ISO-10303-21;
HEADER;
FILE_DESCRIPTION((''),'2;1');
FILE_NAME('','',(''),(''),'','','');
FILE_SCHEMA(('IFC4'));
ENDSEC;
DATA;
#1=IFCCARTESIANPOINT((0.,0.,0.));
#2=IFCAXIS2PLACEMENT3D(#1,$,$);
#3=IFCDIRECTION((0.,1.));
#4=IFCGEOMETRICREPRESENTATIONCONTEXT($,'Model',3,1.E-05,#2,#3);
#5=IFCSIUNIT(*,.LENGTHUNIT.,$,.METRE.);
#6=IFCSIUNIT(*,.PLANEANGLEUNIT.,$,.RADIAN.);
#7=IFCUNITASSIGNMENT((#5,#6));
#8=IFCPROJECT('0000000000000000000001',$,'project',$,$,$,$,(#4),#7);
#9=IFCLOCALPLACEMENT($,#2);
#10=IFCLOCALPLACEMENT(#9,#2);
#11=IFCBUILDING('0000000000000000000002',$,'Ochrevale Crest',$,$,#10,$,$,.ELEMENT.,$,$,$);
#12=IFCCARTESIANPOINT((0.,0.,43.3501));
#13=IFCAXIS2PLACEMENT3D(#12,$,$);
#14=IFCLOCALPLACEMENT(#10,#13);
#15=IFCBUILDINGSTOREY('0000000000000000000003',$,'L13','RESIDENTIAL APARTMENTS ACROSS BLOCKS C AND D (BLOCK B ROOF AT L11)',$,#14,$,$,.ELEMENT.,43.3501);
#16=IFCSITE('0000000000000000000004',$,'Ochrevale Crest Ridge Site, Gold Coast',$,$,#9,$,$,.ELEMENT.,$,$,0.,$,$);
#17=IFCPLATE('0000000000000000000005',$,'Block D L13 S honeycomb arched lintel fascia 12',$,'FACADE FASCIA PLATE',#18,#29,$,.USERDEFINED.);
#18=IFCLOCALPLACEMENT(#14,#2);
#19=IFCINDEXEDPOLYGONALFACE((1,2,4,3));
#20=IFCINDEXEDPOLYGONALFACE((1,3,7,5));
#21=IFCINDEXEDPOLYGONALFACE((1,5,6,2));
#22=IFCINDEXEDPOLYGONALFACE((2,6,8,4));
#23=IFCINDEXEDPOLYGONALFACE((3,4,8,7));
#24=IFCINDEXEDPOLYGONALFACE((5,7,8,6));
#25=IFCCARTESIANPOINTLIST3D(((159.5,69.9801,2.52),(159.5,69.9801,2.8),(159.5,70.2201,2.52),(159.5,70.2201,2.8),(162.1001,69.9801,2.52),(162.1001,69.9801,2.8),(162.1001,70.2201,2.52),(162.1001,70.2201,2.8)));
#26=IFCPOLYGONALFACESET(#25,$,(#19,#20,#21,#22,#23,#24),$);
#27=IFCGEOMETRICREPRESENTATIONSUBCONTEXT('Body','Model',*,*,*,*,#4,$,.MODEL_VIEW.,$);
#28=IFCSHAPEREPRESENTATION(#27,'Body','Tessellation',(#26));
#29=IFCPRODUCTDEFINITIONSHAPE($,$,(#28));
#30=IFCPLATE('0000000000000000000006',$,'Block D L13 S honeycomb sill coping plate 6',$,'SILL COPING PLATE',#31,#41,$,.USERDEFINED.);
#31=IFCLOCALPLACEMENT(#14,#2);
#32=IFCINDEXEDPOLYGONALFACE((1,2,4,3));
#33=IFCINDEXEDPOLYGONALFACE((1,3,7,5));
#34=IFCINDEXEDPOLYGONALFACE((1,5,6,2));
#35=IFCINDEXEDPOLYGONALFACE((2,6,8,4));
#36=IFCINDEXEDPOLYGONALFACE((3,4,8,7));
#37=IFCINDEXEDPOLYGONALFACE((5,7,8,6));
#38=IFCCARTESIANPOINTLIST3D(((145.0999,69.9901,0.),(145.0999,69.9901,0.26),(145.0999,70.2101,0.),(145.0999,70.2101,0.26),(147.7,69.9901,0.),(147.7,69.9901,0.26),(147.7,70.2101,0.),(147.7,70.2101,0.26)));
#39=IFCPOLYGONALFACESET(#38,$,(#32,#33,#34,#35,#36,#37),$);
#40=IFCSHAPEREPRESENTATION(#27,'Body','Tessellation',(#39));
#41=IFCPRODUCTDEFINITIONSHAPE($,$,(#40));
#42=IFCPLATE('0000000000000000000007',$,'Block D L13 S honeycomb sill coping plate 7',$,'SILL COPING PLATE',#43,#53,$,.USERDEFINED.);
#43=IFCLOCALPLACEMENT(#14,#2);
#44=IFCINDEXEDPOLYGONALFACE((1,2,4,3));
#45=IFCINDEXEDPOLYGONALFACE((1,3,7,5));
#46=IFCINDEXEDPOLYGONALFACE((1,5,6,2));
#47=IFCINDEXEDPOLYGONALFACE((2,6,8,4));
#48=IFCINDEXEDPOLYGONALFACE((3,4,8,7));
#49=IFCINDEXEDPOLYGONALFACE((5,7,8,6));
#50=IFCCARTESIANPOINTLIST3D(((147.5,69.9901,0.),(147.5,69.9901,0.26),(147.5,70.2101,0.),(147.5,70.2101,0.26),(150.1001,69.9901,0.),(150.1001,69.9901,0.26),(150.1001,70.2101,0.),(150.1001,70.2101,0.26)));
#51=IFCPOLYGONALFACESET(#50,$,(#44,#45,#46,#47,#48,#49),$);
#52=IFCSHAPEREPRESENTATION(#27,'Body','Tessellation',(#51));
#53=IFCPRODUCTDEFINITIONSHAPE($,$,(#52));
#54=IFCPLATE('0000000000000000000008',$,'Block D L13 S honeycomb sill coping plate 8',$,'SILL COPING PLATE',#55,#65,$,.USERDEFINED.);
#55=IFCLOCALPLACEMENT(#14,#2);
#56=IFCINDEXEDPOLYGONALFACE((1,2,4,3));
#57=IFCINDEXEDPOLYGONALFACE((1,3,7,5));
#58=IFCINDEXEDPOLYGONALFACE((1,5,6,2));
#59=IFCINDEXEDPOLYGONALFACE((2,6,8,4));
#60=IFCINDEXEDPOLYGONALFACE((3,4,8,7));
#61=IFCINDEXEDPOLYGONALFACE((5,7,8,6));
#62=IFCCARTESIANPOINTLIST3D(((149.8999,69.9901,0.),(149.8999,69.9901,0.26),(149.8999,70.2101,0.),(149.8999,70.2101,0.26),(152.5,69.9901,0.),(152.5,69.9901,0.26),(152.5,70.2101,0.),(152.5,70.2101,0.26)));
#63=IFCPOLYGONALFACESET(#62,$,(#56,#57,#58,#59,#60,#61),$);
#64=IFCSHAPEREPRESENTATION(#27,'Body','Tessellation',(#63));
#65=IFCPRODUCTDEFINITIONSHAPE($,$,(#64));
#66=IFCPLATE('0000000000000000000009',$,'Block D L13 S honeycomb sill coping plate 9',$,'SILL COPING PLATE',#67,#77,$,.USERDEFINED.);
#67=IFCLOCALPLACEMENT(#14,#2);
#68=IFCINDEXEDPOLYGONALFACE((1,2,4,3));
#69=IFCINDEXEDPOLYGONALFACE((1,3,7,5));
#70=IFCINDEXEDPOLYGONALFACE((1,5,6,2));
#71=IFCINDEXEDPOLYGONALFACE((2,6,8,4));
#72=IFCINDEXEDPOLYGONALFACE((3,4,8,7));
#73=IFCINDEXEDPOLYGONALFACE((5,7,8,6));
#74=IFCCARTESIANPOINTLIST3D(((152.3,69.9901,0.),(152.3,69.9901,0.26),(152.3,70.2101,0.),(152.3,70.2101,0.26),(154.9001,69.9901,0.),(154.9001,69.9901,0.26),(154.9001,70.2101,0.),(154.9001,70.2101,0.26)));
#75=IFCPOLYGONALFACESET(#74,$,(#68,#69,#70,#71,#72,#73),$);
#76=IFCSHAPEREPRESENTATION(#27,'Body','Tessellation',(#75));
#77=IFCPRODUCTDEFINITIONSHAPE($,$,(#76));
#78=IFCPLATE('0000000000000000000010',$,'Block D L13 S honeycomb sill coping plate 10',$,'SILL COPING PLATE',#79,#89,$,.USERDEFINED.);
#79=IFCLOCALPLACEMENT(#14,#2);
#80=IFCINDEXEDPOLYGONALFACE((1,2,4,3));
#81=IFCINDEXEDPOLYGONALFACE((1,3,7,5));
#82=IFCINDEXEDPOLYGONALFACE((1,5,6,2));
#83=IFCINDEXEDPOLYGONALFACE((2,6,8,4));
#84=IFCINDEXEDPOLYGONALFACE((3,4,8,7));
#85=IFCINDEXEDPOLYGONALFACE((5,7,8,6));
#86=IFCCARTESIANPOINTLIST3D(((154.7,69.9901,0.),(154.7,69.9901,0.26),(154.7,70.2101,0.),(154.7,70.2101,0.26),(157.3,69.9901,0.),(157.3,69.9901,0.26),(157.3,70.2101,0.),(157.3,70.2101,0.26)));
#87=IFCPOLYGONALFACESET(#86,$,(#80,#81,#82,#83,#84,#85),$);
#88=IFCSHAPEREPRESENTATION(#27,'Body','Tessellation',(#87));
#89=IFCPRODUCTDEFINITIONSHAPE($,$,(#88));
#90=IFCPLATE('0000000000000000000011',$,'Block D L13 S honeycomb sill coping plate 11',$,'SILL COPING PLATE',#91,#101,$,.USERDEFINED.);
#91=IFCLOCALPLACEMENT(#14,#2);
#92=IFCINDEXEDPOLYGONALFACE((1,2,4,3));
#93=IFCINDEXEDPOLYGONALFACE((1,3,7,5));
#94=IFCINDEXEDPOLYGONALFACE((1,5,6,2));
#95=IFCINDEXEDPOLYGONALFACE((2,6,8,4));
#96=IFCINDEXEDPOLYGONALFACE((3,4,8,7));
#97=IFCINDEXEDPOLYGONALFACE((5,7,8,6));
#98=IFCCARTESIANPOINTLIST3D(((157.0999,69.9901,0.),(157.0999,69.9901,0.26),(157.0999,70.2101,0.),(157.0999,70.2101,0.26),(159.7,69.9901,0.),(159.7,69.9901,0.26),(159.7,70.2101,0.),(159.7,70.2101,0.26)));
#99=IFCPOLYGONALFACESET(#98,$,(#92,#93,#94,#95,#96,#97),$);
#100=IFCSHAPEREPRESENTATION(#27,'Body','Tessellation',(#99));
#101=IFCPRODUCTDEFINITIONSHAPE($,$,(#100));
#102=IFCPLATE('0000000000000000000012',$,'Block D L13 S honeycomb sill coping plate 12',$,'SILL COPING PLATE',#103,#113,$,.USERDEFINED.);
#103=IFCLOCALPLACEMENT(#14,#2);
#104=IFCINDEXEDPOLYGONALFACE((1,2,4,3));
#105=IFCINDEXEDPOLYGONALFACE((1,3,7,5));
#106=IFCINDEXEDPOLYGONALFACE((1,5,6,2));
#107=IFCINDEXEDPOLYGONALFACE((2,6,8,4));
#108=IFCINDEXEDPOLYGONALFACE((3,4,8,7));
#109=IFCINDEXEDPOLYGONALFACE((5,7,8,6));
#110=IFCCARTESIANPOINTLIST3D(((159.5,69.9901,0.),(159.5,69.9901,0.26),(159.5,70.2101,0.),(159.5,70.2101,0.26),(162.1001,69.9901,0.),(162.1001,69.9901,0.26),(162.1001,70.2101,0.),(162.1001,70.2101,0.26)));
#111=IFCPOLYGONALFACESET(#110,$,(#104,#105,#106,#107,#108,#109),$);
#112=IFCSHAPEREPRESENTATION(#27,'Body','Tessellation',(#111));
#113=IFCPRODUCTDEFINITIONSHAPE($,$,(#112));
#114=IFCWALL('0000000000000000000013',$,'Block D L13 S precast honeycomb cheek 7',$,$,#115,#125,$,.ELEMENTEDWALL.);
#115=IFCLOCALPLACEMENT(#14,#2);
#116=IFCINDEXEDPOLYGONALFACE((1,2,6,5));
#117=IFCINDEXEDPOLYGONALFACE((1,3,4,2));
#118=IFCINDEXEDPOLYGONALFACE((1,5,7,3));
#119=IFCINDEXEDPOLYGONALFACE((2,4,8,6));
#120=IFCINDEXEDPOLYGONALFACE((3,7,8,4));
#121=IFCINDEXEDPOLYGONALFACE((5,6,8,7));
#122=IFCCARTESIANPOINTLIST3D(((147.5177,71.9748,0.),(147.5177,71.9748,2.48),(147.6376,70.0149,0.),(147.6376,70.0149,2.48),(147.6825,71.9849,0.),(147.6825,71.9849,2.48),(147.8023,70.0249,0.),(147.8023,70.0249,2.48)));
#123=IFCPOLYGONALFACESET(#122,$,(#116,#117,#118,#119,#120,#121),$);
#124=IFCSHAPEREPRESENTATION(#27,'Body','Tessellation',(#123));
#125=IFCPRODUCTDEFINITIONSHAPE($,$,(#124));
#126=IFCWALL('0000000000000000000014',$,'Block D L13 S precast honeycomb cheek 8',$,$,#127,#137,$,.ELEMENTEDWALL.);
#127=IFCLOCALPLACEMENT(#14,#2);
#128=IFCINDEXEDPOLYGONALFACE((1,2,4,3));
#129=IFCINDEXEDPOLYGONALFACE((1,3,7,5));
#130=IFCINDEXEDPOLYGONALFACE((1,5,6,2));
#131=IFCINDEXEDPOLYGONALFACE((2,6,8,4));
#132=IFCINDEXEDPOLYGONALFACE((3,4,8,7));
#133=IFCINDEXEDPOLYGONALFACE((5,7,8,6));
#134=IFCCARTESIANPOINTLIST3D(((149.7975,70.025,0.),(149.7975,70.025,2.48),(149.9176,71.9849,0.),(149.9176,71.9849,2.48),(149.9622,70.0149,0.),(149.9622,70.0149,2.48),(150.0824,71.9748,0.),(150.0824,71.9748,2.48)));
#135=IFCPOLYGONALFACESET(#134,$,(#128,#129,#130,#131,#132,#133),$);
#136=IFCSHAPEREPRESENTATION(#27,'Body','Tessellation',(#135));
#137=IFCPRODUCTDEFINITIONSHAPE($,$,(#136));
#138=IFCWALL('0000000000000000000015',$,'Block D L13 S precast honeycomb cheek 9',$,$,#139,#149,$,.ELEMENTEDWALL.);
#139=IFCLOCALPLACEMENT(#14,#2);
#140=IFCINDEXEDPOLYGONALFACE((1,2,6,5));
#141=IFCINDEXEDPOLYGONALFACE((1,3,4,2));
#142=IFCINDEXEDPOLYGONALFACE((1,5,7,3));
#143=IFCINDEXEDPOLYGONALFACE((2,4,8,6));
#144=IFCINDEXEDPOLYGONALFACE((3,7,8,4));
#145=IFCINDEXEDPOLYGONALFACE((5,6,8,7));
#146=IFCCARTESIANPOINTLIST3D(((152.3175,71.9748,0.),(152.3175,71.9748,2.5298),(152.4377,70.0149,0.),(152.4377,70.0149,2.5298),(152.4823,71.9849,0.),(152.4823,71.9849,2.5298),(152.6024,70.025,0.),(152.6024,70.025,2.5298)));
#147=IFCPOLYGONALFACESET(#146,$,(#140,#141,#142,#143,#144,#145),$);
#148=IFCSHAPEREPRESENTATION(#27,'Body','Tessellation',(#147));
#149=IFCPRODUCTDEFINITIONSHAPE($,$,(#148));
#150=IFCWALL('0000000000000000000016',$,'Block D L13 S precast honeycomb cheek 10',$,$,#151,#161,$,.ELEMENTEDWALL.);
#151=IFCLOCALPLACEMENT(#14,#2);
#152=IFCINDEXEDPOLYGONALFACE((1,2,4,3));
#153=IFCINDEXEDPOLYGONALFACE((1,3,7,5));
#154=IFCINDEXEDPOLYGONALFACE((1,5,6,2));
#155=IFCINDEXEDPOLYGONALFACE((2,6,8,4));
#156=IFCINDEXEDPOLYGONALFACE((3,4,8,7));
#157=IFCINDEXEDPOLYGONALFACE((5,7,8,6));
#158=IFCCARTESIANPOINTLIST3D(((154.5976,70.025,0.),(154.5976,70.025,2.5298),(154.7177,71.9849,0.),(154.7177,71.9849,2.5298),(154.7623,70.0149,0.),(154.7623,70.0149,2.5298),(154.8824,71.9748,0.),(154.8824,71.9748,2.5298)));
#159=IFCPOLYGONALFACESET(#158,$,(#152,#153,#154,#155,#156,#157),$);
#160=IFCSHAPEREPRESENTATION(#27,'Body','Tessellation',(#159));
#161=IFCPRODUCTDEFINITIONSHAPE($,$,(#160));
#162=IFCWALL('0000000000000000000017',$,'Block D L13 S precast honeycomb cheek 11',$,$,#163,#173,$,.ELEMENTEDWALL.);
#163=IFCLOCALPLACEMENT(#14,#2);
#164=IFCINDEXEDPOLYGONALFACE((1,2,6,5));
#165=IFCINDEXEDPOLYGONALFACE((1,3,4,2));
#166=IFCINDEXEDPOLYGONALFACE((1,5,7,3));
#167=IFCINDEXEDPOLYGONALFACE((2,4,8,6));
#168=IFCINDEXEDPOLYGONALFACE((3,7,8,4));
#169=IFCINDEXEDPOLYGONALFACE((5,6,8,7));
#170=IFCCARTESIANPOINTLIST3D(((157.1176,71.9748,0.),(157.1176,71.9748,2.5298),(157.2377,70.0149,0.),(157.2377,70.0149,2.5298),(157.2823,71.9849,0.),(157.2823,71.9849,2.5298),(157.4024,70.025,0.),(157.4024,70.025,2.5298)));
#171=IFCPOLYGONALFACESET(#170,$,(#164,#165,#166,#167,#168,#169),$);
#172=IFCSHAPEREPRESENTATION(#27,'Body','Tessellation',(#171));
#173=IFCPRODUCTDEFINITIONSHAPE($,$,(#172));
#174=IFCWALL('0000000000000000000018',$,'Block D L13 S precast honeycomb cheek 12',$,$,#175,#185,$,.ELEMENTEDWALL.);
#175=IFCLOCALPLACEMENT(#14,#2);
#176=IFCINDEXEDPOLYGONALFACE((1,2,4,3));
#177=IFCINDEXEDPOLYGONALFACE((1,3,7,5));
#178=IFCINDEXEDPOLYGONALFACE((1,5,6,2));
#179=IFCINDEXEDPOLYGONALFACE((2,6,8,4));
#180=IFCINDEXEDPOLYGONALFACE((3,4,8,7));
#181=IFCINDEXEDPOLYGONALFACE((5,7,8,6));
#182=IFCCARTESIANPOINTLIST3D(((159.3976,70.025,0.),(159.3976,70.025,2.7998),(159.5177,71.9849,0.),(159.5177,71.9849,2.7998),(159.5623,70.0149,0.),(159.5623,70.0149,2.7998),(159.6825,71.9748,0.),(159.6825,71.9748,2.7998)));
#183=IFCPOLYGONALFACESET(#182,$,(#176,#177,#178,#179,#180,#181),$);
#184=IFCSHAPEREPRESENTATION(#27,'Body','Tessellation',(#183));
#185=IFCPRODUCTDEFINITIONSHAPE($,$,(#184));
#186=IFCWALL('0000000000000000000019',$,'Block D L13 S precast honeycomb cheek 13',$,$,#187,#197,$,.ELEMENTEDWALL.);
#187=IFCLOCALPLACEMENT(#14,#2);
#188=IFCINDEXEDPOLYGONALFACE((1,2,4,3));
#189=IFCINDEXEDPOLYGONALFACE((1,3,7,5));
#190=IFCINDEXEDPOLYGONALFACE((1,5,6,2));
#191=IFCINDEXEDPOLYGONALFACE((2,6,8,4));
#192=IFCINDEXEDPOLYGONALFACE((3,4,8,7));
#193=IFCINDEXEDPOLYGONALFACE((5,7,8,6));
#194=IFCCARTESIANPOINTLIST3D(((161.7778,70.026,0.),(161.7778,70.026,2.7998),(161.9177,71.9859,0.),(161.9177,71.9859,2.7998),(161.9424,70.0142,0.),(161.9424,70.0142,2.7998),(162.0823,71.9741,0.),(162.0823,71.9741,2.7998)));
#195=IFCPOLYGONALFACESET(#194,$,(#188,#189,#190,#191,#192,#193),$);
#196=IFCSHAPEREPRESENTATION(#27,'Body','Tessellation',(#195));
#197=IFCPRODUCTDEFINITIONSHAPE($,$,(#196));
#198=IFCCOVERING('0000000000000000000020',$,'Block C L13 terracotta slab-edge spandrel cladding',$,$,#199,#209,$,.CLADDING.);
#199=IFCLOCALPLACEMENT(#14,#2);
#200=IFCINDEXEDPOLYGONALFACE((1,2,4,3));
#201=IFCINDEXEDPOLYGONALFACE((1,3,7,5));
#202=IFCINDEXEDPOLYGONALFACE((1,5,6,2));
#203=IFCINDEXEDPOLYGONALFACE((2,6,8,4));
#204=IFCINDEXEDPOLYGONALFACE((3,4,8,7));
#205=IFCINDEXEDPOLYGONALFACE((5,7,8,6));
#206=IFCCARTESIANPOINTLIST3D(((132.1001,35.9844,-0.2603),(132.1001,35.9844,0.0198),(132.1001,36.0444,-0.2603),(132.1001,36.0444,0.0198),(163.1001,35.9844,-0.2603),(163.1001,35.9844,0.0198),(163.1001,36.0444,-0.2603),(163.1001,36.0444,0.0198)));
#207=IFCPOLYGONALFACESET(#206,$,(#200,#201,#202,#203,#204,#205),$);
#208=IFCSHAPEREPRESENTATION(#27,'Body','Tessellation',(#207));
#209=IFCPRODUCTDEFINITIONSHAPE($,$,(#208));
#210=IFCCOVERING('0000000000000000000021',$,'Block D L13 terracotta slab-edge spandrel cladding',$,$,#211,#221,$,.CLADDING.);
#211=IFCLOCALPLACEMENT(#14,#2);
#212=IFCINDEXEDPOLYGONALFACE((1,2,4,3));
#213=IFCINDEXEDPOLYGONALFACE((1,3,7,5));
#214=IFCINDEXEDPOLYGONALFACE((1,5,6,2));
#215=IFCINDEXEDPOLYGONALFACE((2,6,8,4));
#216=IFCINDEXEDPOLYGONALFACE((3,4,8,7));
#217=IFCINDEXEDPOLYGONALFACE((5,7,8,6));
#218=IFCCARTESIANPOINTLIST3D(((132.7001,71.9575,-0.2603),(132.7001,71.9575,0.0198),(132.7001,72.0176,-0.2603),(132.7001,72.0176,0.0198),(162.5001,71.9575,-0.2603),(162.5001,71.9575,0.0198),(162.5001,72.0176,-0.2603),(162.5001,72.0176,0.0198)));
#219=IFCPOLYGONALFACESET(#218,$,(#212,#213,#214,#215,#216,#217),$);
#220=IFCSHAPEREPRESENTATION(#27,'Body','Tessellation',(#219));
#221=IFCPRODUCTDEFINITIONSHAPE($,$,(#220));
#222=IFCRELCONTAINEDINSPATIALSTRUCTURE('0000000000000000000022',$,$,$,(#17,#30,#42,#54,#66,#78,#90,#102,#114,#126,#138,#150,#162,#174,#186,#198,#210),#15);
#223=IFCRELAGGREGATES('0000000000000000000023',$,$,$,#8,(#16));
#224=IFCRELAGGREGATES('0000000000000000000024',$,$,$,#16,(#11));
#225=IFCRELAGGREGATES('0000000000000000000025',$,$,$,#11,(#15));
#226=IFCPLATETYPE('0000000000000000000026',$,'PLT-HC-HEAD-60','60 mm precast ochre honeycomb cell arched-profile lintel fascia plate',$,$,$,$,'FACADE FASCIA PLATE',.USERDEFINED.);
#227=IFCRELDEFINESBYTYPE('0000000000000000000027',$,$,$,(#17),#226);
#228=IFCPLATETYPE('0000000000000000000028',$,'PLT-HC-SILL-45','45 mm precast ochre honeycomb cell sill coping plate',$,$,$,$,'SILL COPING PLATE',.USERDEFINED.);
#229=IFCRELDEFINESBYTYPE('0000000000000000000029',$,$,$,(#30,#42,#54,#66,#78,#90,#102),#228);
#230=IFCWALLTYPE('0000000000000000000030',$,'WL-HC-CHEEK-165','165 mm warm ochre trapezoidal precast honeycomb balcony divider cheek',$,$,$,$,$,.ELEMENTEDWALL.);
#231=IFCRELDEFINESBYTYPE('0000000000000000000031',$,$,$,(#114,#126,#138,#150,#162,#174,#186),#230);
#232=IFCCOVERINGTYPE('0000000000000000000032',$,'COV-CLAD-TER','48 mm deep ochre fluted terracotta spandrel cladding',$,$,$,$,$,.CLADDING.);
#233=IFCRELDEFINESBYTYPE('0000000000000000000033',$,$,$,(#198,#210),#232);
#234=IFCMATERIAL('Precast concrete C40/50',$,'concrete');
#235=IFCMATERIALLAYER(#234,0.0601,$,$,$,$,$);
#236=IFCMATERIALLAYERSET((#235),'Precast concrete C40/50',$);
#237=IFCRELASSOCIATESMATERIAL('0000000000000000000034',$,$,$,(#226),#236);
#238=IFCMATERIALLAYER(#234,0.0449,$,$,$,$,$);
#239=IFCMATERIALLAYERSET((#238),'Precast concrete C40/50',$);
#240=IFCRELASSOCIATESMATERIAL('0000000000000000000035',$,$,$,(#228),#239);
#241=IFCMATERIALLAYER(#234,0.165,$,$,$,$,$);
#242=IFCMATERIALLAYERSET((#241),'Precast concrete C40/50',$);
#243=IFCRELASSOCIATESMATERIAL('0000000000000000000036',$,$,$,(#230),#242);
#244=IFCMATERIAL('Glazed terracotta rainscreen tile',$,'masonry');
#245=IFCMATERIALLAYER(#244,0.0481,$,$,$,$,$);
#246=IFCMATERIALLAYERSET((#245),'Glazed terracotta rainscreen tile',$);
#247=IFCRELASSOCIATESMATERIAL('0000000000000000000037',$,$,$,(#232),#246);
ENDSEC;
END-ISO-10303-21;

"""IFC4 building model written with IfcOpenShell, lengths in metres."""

from ifc_helpers import new_model, si_unit, direction, frame, frame_2d, origin, origin_2d, place, context, subcontext, project, spatial, rectangle, extrude, material, layer, layer_set, type_object, element, save


model = new_model("IFC4")

# Units and contexts
model_context = context("Model", 3, precision=1e-05, world=origin(), true_north=direction((0.0, 1.0)))
body_context = subcontext(model_context, "Body", "Model", "MODEL_VIEW")
ifc_project = project(units=[si_unit("LENGTHUNIT", "METRE"), si_unit("PLANEANGLEUNIT", "RADIAN")], contexts=[model_context])

# Site, building, storey
site_placement = place(None, origin())
site = spatial("IfcSite", under=ifc_project, at=site_placement, Name="Ochrevale Crest Ridge Site, Gold Coast", CompositionType="ELEMENT", RefElevation=0.0)
building_placement = place(site_placement, origin())
building = spatial("IfcBuilding", under=site, at=building_placement, Name="Ochrevale Crest", CompositionType="ELEMENT")
storey_placement = place(building_placement, frame((0.0, 0.0, 43.3501)))
storey = spatial("IfcBuildingStorey", under=building, at=storey_placement, Name="L13", Description="RESIDENTIAL APARTMENTS ACROSS BLOCKS C AND D (BLOCK B ROOF AT L11)", CompositionType="ELEMENT", Elevation=43.3501)

# Shared definitions
ifc_material_1 = material(Name="Precast concrete C40/50", Category="concrete")

# Plates
ifc_layer_1 = layer(ifc_material_1, 0.0601)
ifc_layer_set_1 = layer_set([ifc_layer_1], Name="Precast concrete C40/50")
plate_type_1 = type_object("IfcPlateType", Name="PLT-HC-HEAD-60", Description="60 mm precast ochre honeycomb cell arched-profile lintel fascia plate", ElementType="FACADE FASCIA PLATE", PredefinedType="USERDEFINED", material=ifc_layer_set_1)
for number, where, z_axis, x_axis, name in (
    (1, (160.8, 70.1001, 2.52), (0.0, 0.0, 1.0), (1.0, 0.0, 0.0), "Block D L13 S honeycomb arched lintel fascia 12"),
):
    element("IfcPlate", number, at=place(storey_placement, frame(where, z_axis=z_axis, x_axis=x_axis)), inside=storey, type_object=plate_type_1, Name=name, ObjectType="FACADE FASCIA PLATE", PredefinedType="USERDEFINED", context=body_context, shape_type="SweptSolid", body=[
        extrude(rectangle(XDim=2.6001, YDim=0.24, at=origin_2d()), origin(), (0.0, 0.0, 1.0), 0.28),
    ])
ifc_layer_2 = layer(ifc_material_1, 0.0449)
ifc_layer_set_2 = layer_set([ifc_layer_2], Name="Precast concrete C40/50")
plate_type_2 = type_object("IfcPlateType", Name="PLT-HC-SILL-45", Description="45 mm precast ochre honeycomb cell sill coping plate", ElementType="SILL COPING PLATE", PredefinedType="USERDEFINED", material=ifc_layer_set_2)
for number, where, z_axis, x_axis, name in (
    (2, (146.3999, 70.1001, 0.0), (0.0, 0.0, 1.0), (1.0, 0.0, 0.0), "Block D L13 S honeycomb sill coping plate 6"),
    (3, (148.8, 70.1001, 0.0), (0.0, 0.0, 1.0), (1.0, 0.0, 0.0), "Block D L13 S honeycomb sill coping plate 7"),
    (4, (151.2, 70.1001, 0.0), (0.0, 0.0, 1.0), (1.0, 0.0, 0.0), "Block D L13 S honeycomb sill coping plate 8"),
    (5, (153.6001, 70.1001, 0.0), (0.0, 0.0, 1.0), (1.0, 0.0, 0.0), "Block D L13 S honeycomb sill coping plate 9"),
    (6, (156.0, 70.1001, 0.0), (0.0, 0.0, 1.0), (1.0, 0.0, 0.0), "Block D L13 S honeycomb sill coping plate 10"),
    (7, (158.3999, 70.1001, 0.0), (0.0, 0.0, 1.0), (1.0, 0.0, 0.0), "Block D L13 S honeycomb sill coping plate 11"),
    (8, (160.8, 70.1001, 0.0), (0.0, 0.0, 1.0), (1.0, 0.0, 0.0), "Block D L13 S honeycomb sill coping plate 12"),
):
    element("IfcPlate", number, at=place(storey_placement, frame(where, z_axis=z_axis, x_axis=x_axis)), inside=storey, type_object=plate_type_2, Name=name, ObjectType="SILL COPING PLATE", PredefinedType="USERDEFINED", context=body_context, shape_type="SweptSolid", body=[
        extrude(rectangle(XDim=2.6001, YDim=0.22, at=origin_2d()), origin(), (0.0, 0.0, 1.0), 0.26),
    ])

# Walls
ifc_layer_3 = layer(ifc_material_1, 0.165)
ifc_layer_set_3 = layer_set([ifc_layer_3], Name="Precast concrete C40/50")
wall_type = type_object("IfcWallType", Name="WL-HC-CHEEK-165", Description="165 mm warm ochre trapezoidal precast honeycomb balcony divider cheek", PredefinedType="ELEMENTEDWALL", material=ifc_layer_set_3)
for number, where, z_axis, x_axis, name in (
    (9, (147.6001, 71.98, 0.0), (0.0, 0.0, 1.0), (0.061047, -0.998135, 0.0), "Block D L13 S precast honeycomb cheek 7"),
    (10, (150.0, 71.98, 0.0), (0.0, 0.0, 1.0), (-0.061171, -0.998127, 0.0), "Block D L13 S precast honeycomb cheek 8"),
):
    element("IfcWall", number, at=place(storey_placement, frame(where, z_axis=z_axis, x_axis=x_axis)), inside=storey, type_object=wall_type, Name=name, PredefinedType="ELEMENTEDWALL", context=body_context, shape_type="SweptSolid", body=[
        extrude(rectangle(XDim=1.9636, YDim=0.165, at=frame_2d((0.9819, 0.0))), origin(), (0.0, 0.0, 1.0), 2.48),
    ])
for number, where, z_axis, x_axis, name in (
    (11, (152.3999, 71.98, 0.0), (0.0, 0.0, 1.0), (0.061171, -0.998127, 0.0), "Block D L13 S precast honeycomb cheek 9"),
    (12, (154.8, 71.98, 0.0), (0.0, 0.0, 1.0), (-0.061171, -0.998127, 0.0), "Block D L13 S precast honeycomb cheek 10"),
    (13, (157.2, 71.98, 0.0), (0.0, 0.0, 1.0), (0.061171, -0.998127, 0.0), "Block D L13 S precast honeycomb cheek 11"),
):
    element("IfcWall", number, at=place(storey_placement, frame(where, z_axis=z_axis, x_axis=x_axis)), inside=storey, type_object=wall_type, Name=name, PredefinedType="ELEMENTEDWALL", context=body_context, shape_type="SweptSolid", body=[
        extrude(rectangle(XDim=1.9636, YDim=0.165, at=frame_2d((0.9819, 0.0))), origin(), (0.0, 0.0, 1.0), 2.5298),
    ])
wall_1_placement = place(storey_placement, frame((159.6001, 71.98, 0.0), z_axis=(0.0, 0.0, 1.0), x_axis=(-0.061171, -0.998127, 0.0)))
element("IfcWall", 14, at=wall_1_placement, inside=storey, type_object=wall_type, Name="Block D L13 S precast honeycomb cheek 12", PredefinedType="ELEMENTEDWALL", context=body_context, shape_type="SweptSolid", body=[
    extrude(rectangle(XDim=1.9636, YDim=0.165, at=frame_2d((0.9819, 0.0))), origin(), (0.0, 0.0, 1.0), 2.7998),
])
wall_2_placement = place(storey_placement, frame((162.0, 71.98, 0.0), z_axis=(0.0, 0.0, 1.0), x_axis=(-0.071194, -0.997462, 0.0)))
element("IfcWall", 15, at=wall_2_placement, inside=storey, type_object=wall_type, Name="Block D L13 S precast honeycomb cheek 13", PredefinedType="ELEMENTEDWALL", context=body_context, shape_type="SweptSolid", body=[
    extrude(rectangle(XDim=1.9648, YDim=0.165, at=frame_2d((0.9824, 0.0))), origin(), (0.0, 0.0, 1.0), 2.7998),
])

# Coverings
ifc_material_2 = material(Name="Glazed terracotta rainscreen tile", Category="masonry")
ifc_layer_4 = layer(ifc_material_2, 0.0481)
ifc_layer_set_4 = layer_set([ifc_layer_4], Name="Glazed terracotta rainscreen tile")
covering_type = type_object("IfcCoveringType", Name="COV-CLAD-TER", Description="48 mm deep ochre fluted terracotta spandrel cladding", PredefinedType="CLADDING", material=ifc_layer_set_4)
covering_1_placement = place(storey_placement, frame((147.6001, 36.0144, -0.2603), z_axis=(0.0, 0.0, 1.0), x_axis=(-1.0, 0.0, 0.0)))
element("IfcCovering", 16, at=covering_1_placement, inside=storey, type_object=covering_type, Name="Block C L13 terracotta slab-edge spandrel cladding", PredefinedType="CLADDING", context=body_context, shape_type="SweptSolid", body=[
    extrude(rectangle(XDim=31.0, YDim=0.0601, at=origin_2d()), origin(), (0.0, 0.0, 1.0), 0.28),
])
covering_2_placement = place(storey_placement, frame((147.6001, 71.9875, -0.2603), z_axis=(0.0, 0.0, 1.0), x_axis=(1.0, 0.0, 0.0)))
element("IfcCovering", 17, at=covering_2_placement, inside=storey, type_object=covering_type, Name="Block D L13 terracotta slab-edge spandrel cladding", PredefinedType="CLADDING", context=body_context, shape_type="SweptSolid", body=[
    extrude(rectangle(XDim=29.8, YDim=0.0601, at=origin_2d()), origin(), (0.0, 0.0, 1.0), 0.28),
])

save(model, "model.ifc")
